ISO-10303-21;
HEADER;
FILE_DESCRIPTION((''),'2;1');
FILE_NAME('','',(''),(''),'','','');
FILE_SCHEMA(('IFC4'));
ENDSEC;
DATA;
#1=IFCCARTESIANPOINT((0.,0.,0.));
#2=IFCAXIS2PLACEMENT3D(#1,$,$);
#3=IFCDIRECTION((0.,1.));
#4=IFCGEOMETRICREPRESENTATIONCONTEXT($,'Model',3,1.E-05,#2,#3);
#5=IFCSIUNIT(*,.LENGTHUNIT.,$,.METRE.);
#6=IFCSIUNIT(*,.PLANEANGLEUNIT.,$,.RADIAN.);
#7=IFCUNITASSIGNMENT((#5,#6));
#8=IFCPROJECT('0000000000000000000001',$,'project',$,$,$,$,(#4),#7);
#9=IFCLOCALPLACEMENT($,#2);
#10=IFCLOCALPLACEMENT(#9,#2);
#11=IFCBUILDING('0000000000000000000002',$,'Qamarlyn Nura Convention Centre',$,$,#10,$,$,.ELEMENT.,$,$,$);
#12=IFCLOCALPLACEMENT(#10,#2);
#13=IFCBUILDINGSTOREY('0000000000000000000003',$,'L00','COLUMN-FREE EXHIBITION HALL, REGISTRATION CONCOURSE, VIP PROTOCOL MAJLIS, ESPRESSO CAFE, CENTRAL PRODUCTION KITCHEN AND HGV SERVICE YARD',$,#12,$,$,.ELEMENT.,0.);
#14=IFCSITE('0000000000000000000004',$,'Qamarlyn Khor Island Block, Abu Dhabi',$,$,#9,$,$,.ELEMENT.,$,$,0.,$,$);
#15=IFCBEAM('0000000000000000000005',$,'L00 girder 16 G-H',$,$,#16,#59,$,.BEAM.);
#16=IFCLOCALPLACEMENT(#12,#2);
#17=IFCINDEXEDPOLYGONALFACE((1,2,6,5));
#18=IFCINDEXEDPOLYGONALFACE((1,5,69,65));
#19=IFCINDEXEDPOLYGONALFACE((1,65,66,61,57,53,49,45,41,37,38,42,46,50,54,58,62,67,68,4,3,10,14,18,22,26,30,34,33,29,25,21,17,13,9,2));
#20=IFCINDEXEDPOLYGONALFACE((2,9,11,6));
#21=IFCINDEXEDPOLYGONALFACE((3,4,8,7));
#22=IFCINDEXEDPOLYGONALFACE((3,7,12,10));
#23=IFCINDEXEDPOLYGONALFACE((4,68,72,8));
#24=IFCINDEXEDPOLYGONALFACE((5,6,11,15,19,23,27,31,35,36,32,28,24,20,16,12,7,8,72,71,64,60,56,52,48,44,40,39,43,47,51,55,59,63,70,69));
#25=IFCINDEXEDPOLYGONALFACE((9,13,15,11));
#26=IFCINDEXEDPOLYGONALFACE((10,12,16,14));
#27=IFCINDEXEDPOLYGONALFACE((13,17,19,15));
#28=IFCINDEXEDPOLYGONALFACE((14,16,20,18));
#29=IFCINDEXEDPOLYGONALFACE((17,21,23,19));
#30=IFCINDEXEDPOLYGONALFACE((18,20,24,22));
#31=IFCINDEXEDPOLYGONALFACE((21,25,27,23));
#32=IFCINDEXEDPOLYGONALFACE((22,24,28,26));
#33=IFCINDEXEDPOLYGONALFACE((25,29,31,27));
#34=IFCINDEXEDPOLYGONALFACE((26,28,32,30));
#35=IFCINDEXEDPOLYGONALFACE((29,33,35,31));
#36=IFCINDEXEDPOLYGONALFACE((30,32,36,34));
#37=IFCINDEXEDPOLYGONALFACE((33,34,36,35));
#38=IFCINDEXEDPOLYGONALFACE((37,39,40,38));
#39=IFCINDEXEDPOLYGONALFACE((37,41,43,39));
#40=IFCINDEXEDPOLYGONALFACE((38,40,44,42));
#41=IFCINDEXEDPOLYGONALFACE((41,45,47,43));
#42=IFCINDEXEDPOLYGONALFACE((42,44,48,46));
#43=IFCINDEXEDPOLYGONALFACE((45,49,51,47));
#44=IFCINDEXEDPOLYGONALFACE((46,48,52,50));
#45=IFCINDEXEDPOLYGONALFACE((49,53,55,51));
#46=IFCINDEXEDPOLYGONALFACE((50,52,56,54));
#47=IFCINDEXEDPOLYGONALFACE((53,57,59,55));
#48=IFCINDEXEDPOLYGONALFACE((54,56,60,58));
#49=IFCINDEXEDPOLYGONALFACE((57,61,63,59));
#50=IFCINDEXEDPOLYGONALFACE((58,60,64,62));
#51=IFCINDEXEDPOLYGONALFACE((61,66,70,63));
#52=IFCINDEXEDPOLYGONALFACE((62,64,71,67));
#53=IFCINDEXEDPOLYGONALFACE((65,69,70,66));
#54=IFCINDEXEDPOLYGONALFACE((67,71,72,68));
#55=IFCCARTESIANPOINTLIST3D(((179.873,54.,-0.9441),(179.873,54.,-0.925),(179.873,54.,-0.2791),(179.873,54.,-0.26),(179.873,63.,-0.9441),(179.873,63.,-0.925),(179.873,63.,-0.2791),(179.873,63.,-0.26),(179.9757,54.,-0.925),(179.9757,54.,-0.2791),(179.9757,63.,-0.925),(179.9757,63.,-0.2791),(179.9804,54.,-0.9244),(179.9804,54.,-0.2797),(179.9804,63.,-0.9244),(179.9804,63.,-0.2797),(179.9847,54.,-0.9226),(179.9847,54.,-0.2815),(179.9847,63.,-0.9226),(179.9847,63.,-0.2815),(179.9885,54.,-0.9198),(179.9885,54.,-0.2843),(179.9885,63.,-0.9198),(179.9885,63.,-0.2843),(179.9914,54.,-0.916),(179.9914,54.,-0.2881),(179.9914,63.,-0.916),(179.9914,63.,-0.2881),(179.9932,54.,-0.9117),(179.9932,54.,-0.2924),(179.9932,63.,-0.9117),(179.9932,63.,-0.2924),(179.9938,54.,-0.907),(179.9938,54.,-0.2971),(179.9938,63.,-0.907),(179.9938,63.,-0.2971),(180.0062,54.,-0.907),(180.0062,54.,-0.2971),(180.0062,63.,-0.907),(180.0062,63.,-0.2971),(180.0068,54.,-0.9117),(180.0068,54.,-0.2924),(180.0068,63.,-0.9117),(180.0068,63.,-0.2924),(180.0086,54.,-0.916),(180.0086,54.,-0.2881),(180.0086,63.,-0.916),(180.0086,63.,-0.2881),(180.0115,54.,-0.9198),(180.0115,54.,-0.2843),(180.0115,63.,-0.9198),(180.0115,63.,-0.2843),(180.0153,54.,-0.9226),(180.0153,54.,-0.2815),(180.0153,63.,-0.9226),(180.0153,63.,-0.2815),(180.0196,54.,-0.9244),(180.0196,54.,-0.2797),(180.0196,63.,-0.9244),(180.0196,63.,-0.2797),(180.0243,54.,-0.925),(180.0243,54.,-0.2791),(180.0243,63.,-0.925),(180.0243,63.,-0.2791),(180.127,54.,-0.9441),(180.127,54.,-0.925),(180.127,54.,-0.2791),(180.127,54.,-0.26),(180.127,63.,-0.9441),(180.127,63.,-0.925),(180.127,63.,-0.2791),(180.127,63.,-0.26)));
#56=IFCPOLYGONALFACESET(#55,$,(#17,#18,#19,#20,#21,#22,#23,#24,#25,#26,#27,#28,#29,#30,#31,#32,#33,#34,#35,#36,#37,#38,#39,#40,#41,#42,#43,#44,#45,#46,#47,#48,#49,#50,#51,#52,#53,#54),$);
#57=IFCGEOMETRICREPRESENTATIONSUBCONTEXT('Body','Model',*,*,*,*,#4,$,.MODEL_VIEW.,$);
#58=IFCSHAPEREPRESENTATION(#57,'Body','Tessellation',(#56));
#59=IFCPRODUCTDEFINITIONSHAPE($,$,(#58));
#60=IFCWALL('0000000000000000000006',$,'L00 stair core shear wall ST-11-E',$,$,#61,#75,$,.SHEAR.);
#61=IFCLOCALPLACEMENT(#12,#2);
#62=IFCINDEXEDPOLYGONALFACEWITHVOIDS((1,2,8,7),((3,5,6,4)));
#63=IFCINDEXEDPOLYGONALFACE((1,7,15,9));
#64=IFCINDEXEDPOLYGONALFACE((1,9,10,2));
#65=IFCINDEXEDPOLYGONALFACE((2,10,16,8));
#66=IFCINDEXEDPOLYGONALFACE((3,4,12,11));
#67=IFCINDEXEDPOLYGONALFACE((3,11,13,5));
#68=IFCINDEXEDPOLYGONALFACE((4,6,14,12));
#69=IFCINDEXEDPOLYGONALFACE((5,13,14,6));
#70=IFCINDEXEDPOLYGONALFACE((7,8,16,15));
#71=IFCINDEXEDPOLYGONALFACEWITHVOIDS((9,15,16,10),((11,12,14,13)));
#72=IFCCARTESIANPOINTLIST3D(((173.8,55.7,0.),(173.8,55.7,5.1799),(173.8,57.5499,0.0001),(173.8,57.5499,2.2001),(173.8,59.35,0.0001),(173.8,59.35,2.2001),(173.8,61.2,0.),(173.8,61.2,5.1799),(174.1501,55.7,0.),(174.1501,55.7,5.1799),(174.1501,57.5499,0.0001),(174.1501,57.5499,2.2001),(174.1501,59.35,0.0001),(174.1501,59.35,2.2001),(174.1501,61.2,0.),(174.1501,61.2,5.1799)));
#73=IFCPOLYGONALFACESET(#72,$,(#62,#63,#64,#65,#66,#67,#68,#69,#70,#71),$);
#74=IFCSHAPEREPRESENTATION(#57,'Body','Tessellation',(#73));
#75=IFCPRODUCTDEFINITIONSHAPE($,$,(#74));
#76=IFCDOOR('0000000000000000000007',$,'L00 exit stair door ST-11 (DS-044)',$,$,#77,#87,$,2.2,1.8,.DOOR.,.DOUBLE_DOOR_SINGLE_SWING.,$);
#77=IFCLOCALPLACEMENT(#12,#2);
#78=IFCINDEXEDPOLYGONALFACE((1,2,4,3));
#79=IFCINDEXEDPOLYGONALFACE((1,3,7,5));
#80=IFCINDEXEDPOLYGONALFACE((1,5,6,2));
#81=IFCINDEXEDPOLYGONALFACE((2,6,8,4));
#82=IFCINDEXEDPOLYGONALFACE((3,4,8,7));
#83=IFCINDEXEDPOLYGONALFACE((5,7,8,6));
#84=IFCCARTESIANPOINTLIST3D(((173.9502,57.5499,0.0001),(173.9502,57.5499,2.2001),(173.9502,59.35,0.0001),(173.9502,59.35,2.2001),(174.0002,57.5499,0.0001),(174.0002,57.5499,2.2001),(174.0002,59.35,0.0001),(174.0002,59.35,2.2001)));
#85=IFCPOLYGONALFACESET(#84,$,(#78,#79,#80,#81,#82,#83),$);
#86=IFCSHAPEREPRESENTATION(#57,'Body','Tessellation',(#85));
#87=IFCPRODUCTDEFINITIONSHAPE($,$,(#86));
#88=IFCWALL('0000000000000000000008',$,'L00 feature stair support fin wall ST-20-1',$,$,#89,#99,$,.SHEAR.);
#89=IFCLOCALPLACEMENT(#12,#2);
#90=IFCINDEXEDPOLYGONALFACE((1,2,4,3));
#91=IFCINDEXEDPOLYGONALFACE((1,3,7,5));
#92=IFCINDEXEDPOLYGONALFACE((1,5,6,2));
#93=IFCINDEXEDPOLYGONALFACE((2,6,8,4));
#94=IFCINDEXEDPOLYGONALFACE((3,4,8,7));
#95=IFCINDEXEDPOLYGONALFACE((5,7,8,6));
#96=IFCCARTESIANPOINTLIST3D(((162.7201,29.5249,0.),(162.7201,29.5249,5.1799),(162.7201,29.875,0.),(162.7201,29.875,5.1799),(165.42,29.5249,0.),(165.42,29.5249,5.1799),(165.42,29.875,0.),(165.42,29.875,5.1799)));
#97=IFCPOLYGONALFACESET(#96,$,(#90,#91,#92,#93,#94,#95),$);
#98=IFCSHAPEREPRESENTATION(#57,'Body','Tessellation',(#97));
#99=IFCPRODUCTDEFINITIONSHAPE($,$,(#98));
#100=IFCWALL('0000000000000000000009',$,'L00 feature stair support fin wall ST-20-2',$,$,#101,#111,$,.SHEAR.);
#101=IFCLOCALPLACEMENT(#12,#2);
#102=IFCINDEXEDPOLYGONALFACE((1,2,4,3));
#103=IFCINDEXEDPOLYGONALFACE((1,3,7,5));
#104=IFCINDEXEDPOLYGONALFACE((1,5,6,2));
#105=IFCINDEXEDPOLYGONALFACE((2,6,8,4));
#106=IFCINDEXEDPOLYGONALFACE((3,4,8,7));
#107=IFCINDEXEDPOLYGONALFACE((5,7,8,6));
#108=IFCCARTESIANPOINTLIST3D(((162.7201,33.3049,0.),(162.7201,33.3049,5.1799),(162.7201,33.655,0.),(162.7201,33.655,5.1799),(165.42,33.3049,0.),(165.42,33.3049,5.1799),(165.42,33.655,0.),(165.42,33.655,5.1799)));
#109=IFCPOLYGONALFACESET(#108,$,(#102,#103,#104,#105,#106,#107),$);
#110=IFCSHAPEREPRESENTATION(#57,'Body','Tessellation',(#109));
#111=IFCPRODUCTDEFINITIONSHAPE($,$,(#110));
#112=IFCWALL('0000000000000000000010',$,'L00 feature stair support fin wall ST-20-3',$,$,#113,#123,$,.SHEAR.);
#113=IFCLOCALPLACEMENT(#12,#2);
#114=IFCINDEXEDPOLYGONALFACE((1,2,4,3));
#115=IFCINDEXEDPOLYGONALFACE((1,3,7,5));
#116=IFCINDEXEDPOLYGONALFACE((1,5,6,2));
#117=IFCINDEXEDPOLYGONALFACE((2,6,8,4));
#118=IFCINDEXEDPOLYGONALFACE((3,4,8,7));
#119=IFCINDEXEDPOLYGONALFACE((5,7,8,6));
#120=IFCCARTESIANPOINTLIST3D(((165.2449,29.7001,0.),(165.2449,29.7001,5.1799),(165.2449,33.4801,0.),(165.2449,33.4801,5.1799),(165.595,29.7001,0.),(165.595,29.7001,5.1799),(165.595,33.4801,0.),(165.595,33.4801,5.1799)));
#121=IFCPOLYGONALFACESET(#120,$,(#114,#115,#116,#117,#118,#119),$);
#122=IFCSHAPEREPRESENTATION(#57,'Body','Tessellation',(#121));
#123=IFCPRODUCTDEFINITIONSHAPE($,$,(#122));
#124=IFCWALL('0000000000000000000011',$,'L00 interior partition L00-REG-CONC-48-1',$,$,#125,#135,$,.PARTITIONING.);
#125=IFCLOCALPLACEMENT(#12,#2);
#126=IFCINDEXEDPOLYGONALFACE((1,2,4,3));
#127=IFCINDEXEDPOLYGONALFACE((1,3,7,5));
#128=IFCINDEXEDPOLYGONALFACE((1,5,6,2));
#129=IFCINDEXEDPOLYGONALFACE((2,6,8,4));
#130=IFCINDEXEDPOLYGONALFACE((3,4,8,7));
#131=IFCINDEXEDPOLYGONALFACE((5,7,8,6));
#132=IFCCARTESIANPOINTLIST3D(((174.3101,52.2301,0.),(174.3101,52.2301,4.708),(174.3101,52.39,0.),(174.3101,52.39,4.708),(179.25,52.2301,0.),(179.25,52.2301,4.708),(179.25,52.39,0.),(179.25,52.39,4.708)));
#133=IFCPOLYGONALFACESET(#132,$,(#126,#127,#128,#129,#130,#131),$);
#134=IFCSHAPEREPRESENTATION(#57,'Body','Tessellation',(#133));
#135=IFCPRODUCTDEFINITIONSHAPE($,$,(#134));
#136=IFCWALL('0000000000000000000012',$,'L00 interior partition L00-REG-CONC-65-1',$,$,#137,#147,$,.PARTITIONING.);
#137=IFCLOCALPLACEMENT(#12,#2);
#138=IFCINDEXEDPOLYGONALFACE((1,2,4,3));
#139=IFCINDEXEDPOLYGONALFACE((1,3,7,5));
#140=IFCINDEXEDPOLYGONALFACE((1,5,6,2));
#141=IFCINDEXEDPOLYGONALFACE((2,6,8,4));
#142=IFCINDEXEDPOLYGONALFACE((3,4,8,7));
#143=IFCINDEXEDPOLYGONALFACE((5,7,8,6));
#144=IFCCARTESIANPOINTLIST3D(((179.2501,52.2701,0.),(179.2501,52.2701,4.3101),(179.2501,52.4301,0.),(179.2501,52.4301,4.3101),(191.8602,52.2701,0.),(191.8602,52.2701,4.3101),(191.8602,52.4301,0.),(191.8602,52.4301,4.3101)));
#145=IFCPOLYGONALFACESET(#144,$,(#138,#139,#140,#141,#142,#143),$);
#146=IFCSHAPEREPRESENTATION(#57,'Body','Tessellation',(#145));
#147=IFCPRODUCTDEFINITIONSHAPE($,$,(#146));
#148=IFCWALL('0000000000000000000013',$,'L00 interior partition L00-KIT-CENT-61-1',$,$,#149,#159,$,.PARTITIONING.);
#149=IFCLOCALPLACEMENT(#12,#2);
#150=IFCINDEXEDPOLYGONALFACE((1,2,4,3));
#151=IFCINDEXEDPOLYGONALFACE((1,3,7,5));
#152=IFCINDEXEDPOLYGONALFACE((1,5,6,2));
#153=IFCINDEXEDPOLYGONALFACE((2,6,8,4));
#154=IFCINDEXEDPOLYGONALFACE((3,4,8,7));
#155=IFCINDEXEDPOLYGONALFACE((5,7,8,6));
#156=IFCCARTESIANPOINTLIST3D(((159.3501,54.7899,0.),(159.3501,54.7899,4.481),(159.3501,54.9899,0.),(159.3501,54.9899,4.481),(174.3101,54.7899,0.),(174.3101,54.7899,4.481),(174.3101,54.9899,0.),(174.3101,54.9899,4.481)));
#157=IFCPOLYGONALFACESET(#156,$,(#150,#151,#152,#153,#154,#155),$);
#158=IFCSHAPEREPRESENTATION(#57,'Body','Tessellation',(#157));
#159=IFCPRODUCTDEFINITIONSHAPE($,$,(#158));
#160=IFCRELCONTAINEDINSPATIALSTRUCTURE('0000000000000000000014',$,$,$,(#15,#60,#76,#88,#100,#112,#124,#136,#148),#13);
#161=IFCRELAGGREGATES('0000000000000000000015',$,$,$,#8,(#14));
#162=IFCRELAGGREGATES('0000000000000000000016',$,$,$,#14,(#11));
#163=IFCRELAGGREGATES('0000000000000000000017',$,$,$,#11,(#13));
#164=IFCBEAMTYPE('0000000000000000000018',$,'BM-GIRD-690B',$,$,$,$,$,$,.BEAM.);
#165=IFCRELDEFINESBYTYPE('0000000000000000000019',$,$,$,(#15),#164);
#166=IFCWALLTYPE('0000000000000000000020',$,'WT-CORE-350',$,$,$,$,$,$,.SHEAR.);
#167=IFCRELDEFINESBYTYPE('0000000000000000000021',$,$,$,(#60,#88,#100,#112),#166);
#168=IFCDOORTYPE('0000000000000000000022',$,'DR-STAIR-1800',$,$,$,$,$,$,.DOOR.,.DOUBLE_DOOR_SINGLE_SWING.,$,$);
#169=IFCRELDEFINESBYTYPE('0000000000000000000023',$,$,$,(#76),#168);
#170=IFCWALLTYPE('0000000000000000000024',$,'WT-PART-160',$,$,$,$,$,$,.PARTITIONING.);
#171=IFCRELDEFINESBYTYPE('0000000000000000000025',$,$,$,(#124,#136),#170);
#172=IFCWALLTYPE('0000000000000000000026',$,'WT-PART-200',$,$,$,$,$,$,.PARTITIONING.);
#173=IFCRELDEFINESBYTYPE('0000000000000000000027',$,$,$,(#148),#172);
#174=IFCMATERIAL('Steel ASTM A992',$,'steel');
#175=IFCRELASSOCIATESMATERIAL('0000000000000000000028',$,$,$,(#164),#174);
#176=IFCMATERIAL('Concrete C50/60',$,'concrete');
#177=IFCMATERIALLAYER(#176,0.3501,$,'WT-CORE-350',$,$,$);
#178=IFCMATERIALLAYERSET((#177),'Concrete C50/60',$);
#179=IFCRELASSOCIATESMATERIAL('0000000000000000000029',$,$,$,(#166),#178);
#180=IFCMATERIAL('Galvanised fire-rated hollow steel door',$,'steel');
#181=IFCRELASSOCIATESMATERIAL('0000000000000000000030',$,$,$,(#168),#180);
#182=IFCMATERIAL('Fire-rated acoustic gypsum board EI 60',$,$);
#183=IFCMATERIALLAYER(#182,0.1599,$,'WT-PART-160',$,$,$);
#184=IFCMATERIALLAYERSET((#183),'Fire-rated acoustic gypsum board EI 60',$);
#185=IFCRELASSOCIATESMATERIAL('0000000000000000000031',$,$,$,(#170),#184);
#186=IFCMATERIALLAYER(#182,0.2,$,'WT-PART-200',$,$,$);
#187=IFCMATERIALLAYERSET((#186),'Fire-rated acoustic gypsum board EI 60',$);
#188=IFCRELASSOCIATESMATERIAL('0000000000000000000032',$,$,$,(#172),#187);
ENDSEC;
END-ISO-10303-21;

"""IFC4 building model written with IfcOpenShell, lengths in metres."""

from ifc_helpers import new_model, si_unit, direction, frame, frame_2d, origin, origin_2d, place, context, subcontext, project, spatial, rectangle, i_section, extrude, material, layer, layer_set, material_profile, profile_set, type_object, element, fill, save


model = new_model("IFC4")

# Units and contexts
model_context = context("Model", 3, precision=1e-05, world=origin(), true_north=direction((0.0, 1.0)))
body_context = subcontext(model_context, "Body", "Model", "MODEL_VIEW")
ifc_project = project(units=[si_unit("LENGTHUNIT", "METRE"), si_unit("PLANEANGLEUNIT", "RADIAN")], contexts=[model_context])

# Site, building, storey
site_placement = place(None, origin())
site = spatial("IfcSite", under=ifc_project, at=site_placement, Name="Qamarlyn Khor Island Block, Abu Dhabi", CompositionType="ELEMENT", RefElevation=0.0)
building_placement = place(site_placement, origin())
building = spatial("IfcBuilding", under=site, at=building_placement, Name="Qamarlyn Nura Convention Centre", CompositionType="ELEMENT")
storey_placement = place(building_placement, origin())
storey = spatial("IfcBuildingStorey", under=building, at=storey_placement, Name="L00", Description="COLUMN-FREE EXHIBITION HALL, REGISTRATION CONCOURSE, VIP PROTOCOL MAJLIS, ESPRESSO CAFE, CENTRAL PRODUCTION KITCHEN AND HGV SERVICE YARD", CompositionType="ELEMENT", Elevation=0.0)

# Shared definitions
ifc_material_1 = material(Name="Steel ASTM A992", Category="steel")

# Beam
ifc_material_profile_1 = material_profile(ifc_material_1, i_section(OverallWidth=0.2539, OverallDepth=0.6841, WebThickness=0.0125, FlangeThickness=0.019, FilletRadius=0.0181, at=origin_2d()), Name="W690X140")
ifc_profile_set_1 = profile_set([ifc_material_profile_1], Name="Steel ASTM A992")
beam_type_1 = type_object("IfcBeamType", Name="BM-GIRD-690B", PredefinedType="BEAM", material=ifc_profile_set_1)
beam_1_placement = place(storey_placement, frame((180.0, 54.0, -0.6021), z_axis=(0.0, 1.0, 0.0), x_axis=(-1.0, 0.0, 0.0)))
element("IfcBeam", 1, at=beam_1_placement, inside=storey, type_object=beam_type_1, Name="L00 girder 16 G-H", PredefinedType="BEAM", context=body_context, shape_type="SweptSolid", body=[
    extrude(i_section(OverallWidth=0.2539, OverallDepth=0.6841, WebThickness=0.0125, FlangeThickness=0.019, FilletRadius=0.0181, at=origin_2d()), origin(), (0.0, 0.0, 1.0), 9.0),
])

# Wall, opening, door
ifc_material_2 = material(Name="Concrete C50/60", Category="concrete")
ifc_layer_1 = layer(ifc_material_2, 0.3501, Name="WT-CORE-350")
ifc_layer_set_1 = layer_set([ifc_layer_1], Name="Concrete C50/60")
wall_type_1 = type_object("IfcWallType", Name="WT-CORE-350", PredefinedType="SHEAR", material=ifc_layer_set_1)
wall_1_placement = place(storey_placement, frame((173.9751, 55.7, 0.0), z_axis=(0.0, 0.0, 1.0), x_axis=(0.0, 1.0, 0.0)))
wall_1 = element("IfcWall", 2, at=wall_1_placement, inside=storey, type_object=wall_type_1, Name="L00 stair core shear wall ST-11-E", PredefinedType="SHEAR", context=body_context, shape_type="SweptSolid", body=[
    extrude(rectangle(XDim=5.5, YDim=0.3501, at=frame_2d((2.75, 0.0))), origin(), (0.0, 0.0, 1.0), 5.1799),
])
opening_1_placement = place(wall_1_placement, frame((1.8501, 0.0, 0.0)))
opening_1 = element("IfcOpeningElement", 3, at=opening_1_placement, cuts=wall_1, PredefinedType="OPENING", context=body_context, shape_type="SweptSolid", body=[
    extrude(rectangle(XDim=1.8, YDim=2.2, at=frame_2d((0.8999, 1.1001))), frame((0.0, 0.1851, 0.0), z_axis=(0.0, -1.0, 0.0), x_axis=(1.0, 0.0, 0.0)), (0.0, 0.0, 1.0), 0.3701),
])
ifc_material_3 = material(Name="Galvanised fire-rated hollow steel door", Category="steel")
door_type_1 = type_object("IfcDoorType", Name="DR-STAIR-1800", OperationType="DOUBLE_DOOR_SINGLE_SWING", PredefinedType="DOOR", material=ifc_material_3)
door_1_placement = place(opening_1_placement, origin())
door_1 = element("IfcDoor", 4, at=door_1_placement, inside=storey, type_object=door_type_1, Name="L00 exit stair door ST-11 (DS-044)", OperationType="DOUBLE_DOOR_SINGLE_SWING", OverallHeight=2.2, OverallWidth=1.8, PredefinedType="DOOR", context=body_context, shape_type="SweptSolid", body=[
    extrude(rectangle(XDim=1.8, YDim=2.2, at=frame_2d((0.8999, 1.1001))), frame((0.0, 0.0249, 0.0), z_axis=(0.0, -1.0, 0.0), x_axis=(1.0, 0.0, 0.0)), (0.0, 0.0, 1.0), 0.05),
])
fill(opening_1, door_1)

# Walls
for number, where, z_axis, x_axis, name in (
    (5, (162.72, 29.7, 0.0), (0.0, 0.0, 1.0), (1.0, 0.0, 0.0), "L00 feature stair support fin wall ST-20-1"),
    (6, (162.72, 33.48, 0.0), (0.0, 0.0, 1.0), (1.0, 0.0, 0.0), "L00 feature stair support fin wall ST-20-2"),
):
    element("IfcWall", number, at=place(storey_placement, frame(where, z_axis=z_axis, x_axis=x_axis)), inside=storey, type_object=wall_type_1, Name=name, PredefinedType="SHEAR", context=body_context, shape_type="SweptSolid", body=[
        extrude(rectangle(XDim=2.7, YDim=0.3501, at=frame_2d((1.3501, 0.0))), origin(), (0.0, 0.0, 1.0), 5.1799),
    ])
wall_2_placement = place(storey_placement, frame((165.4199, 29.7, 0.0), z_axis=(0.0, 0.0, 1.0), x_axis=(0.0, 1.0, 0.0)))
element("IfcWall", 7, at=wall_2_placement, inside=storey, type_object=wall_type_1, Name="L00 feature stair support fin wall ST-20-3", PredefinedType="SHEAR", context=body_context, shape_type="SweptSolid", body=[
    extrude(rectangle(XDim=3.78, YDim=0.3501, at=frame_2d((1.8901, 0.0))), origin(), (0.0, 0.0, 1.0), 5.1799),
])
ifc_material_4 = material(Name="Fire-rated acoustic gypsum board EI 60")
ifc_layer_2 = layer(ifc_material_4, 0.1599, Name="WT-PART-160")
ifc_layer_set_2 = layer_set([ifc_layer_2], Name="Fire-rated acoustic gypsum board EI 60")
wall_type_2 = type_object("IfcWallType", Name="WT-PART-160", PredefinedType="PARTITIONING", material=ifc_layer_set_2)
wall_3_placement = place(storey_placement, frame((174.3101, 52.3101, 0.0), z_axis=(0.0, 0.0, 1.0), x_axis=(1.0, 0.0, 0.0)))
element("IfcWall", 8, at=wall_3_placement, inside=storey, type_object=wall_type_2, Name="L00 interior partition L00-REG-CONC-48-1", PredefinedType="PARTITIONING", context=body_context, shape_type="SweptSolid", body=[
    extrude(rectangle(XDim=4.9399, YDim=0.1599, at=frame_2d((2.47, 0.0))), origin(), (0.0, 0.0, 1.0), 4.708),
])
wall_4_placement = place(storey_placement, frame((179.25, 52.3501, 0.0), z_axis=(0.0, 0.0, 1.0), x_axis=(1.0, 0.0, 0.0)))
element("IfcWall", 9, at=wall_4_placement, inside=storey, type_object=wall_type_2, Name="L00 interior partition L00-REG-CONC-65-1", PredefinedType="PARTITIONING", context=body_context, shape_type="SweptSolid", body=[
    extrude(rectangle(XDim=12.6101, YDim=0.1599, at=frame_2d((6.3052, 0.0))), origin(), (0.0, 0.0, 1.0), 4.3101),
])
ifc_layer_3 = layer(ifc_material_4, 0.2, Name="WT-PART-200")
ifc_layer_set_3 = layer_set([ifc_layer_3], Name="Fire-rated acoustic gypsum board EI 60")
wall_type_3 = type_object("IfcWallType", Name="WT-PART-200", PredefinedType="PARTITIONING", material=ifc_layer_set_3)
wall_5_placement = place(storey_placement, frame((174.3101, 54.8899, 0.0), z_axis=(0.0, 0.0, 1.0), x_axis=(-1.0, 0.0, 0.0)))
element("IfcWall", 10, at=wall_5_placement, inside=storey, type_object=wall_type_3, Name="L00 interior partition L00-KIT-CENT-61-1", PredefinedType="PARTITIONING", context=body_context, shape_type="SweptSolid", body=[
    extrude(rectangle(XDim=14.96, YDim=0.2, at=frame_2d((7.48, 0.0))), origin(), (0.0, 0.0, 1.0), 4.481),
])

save(model, "model.ifc")
